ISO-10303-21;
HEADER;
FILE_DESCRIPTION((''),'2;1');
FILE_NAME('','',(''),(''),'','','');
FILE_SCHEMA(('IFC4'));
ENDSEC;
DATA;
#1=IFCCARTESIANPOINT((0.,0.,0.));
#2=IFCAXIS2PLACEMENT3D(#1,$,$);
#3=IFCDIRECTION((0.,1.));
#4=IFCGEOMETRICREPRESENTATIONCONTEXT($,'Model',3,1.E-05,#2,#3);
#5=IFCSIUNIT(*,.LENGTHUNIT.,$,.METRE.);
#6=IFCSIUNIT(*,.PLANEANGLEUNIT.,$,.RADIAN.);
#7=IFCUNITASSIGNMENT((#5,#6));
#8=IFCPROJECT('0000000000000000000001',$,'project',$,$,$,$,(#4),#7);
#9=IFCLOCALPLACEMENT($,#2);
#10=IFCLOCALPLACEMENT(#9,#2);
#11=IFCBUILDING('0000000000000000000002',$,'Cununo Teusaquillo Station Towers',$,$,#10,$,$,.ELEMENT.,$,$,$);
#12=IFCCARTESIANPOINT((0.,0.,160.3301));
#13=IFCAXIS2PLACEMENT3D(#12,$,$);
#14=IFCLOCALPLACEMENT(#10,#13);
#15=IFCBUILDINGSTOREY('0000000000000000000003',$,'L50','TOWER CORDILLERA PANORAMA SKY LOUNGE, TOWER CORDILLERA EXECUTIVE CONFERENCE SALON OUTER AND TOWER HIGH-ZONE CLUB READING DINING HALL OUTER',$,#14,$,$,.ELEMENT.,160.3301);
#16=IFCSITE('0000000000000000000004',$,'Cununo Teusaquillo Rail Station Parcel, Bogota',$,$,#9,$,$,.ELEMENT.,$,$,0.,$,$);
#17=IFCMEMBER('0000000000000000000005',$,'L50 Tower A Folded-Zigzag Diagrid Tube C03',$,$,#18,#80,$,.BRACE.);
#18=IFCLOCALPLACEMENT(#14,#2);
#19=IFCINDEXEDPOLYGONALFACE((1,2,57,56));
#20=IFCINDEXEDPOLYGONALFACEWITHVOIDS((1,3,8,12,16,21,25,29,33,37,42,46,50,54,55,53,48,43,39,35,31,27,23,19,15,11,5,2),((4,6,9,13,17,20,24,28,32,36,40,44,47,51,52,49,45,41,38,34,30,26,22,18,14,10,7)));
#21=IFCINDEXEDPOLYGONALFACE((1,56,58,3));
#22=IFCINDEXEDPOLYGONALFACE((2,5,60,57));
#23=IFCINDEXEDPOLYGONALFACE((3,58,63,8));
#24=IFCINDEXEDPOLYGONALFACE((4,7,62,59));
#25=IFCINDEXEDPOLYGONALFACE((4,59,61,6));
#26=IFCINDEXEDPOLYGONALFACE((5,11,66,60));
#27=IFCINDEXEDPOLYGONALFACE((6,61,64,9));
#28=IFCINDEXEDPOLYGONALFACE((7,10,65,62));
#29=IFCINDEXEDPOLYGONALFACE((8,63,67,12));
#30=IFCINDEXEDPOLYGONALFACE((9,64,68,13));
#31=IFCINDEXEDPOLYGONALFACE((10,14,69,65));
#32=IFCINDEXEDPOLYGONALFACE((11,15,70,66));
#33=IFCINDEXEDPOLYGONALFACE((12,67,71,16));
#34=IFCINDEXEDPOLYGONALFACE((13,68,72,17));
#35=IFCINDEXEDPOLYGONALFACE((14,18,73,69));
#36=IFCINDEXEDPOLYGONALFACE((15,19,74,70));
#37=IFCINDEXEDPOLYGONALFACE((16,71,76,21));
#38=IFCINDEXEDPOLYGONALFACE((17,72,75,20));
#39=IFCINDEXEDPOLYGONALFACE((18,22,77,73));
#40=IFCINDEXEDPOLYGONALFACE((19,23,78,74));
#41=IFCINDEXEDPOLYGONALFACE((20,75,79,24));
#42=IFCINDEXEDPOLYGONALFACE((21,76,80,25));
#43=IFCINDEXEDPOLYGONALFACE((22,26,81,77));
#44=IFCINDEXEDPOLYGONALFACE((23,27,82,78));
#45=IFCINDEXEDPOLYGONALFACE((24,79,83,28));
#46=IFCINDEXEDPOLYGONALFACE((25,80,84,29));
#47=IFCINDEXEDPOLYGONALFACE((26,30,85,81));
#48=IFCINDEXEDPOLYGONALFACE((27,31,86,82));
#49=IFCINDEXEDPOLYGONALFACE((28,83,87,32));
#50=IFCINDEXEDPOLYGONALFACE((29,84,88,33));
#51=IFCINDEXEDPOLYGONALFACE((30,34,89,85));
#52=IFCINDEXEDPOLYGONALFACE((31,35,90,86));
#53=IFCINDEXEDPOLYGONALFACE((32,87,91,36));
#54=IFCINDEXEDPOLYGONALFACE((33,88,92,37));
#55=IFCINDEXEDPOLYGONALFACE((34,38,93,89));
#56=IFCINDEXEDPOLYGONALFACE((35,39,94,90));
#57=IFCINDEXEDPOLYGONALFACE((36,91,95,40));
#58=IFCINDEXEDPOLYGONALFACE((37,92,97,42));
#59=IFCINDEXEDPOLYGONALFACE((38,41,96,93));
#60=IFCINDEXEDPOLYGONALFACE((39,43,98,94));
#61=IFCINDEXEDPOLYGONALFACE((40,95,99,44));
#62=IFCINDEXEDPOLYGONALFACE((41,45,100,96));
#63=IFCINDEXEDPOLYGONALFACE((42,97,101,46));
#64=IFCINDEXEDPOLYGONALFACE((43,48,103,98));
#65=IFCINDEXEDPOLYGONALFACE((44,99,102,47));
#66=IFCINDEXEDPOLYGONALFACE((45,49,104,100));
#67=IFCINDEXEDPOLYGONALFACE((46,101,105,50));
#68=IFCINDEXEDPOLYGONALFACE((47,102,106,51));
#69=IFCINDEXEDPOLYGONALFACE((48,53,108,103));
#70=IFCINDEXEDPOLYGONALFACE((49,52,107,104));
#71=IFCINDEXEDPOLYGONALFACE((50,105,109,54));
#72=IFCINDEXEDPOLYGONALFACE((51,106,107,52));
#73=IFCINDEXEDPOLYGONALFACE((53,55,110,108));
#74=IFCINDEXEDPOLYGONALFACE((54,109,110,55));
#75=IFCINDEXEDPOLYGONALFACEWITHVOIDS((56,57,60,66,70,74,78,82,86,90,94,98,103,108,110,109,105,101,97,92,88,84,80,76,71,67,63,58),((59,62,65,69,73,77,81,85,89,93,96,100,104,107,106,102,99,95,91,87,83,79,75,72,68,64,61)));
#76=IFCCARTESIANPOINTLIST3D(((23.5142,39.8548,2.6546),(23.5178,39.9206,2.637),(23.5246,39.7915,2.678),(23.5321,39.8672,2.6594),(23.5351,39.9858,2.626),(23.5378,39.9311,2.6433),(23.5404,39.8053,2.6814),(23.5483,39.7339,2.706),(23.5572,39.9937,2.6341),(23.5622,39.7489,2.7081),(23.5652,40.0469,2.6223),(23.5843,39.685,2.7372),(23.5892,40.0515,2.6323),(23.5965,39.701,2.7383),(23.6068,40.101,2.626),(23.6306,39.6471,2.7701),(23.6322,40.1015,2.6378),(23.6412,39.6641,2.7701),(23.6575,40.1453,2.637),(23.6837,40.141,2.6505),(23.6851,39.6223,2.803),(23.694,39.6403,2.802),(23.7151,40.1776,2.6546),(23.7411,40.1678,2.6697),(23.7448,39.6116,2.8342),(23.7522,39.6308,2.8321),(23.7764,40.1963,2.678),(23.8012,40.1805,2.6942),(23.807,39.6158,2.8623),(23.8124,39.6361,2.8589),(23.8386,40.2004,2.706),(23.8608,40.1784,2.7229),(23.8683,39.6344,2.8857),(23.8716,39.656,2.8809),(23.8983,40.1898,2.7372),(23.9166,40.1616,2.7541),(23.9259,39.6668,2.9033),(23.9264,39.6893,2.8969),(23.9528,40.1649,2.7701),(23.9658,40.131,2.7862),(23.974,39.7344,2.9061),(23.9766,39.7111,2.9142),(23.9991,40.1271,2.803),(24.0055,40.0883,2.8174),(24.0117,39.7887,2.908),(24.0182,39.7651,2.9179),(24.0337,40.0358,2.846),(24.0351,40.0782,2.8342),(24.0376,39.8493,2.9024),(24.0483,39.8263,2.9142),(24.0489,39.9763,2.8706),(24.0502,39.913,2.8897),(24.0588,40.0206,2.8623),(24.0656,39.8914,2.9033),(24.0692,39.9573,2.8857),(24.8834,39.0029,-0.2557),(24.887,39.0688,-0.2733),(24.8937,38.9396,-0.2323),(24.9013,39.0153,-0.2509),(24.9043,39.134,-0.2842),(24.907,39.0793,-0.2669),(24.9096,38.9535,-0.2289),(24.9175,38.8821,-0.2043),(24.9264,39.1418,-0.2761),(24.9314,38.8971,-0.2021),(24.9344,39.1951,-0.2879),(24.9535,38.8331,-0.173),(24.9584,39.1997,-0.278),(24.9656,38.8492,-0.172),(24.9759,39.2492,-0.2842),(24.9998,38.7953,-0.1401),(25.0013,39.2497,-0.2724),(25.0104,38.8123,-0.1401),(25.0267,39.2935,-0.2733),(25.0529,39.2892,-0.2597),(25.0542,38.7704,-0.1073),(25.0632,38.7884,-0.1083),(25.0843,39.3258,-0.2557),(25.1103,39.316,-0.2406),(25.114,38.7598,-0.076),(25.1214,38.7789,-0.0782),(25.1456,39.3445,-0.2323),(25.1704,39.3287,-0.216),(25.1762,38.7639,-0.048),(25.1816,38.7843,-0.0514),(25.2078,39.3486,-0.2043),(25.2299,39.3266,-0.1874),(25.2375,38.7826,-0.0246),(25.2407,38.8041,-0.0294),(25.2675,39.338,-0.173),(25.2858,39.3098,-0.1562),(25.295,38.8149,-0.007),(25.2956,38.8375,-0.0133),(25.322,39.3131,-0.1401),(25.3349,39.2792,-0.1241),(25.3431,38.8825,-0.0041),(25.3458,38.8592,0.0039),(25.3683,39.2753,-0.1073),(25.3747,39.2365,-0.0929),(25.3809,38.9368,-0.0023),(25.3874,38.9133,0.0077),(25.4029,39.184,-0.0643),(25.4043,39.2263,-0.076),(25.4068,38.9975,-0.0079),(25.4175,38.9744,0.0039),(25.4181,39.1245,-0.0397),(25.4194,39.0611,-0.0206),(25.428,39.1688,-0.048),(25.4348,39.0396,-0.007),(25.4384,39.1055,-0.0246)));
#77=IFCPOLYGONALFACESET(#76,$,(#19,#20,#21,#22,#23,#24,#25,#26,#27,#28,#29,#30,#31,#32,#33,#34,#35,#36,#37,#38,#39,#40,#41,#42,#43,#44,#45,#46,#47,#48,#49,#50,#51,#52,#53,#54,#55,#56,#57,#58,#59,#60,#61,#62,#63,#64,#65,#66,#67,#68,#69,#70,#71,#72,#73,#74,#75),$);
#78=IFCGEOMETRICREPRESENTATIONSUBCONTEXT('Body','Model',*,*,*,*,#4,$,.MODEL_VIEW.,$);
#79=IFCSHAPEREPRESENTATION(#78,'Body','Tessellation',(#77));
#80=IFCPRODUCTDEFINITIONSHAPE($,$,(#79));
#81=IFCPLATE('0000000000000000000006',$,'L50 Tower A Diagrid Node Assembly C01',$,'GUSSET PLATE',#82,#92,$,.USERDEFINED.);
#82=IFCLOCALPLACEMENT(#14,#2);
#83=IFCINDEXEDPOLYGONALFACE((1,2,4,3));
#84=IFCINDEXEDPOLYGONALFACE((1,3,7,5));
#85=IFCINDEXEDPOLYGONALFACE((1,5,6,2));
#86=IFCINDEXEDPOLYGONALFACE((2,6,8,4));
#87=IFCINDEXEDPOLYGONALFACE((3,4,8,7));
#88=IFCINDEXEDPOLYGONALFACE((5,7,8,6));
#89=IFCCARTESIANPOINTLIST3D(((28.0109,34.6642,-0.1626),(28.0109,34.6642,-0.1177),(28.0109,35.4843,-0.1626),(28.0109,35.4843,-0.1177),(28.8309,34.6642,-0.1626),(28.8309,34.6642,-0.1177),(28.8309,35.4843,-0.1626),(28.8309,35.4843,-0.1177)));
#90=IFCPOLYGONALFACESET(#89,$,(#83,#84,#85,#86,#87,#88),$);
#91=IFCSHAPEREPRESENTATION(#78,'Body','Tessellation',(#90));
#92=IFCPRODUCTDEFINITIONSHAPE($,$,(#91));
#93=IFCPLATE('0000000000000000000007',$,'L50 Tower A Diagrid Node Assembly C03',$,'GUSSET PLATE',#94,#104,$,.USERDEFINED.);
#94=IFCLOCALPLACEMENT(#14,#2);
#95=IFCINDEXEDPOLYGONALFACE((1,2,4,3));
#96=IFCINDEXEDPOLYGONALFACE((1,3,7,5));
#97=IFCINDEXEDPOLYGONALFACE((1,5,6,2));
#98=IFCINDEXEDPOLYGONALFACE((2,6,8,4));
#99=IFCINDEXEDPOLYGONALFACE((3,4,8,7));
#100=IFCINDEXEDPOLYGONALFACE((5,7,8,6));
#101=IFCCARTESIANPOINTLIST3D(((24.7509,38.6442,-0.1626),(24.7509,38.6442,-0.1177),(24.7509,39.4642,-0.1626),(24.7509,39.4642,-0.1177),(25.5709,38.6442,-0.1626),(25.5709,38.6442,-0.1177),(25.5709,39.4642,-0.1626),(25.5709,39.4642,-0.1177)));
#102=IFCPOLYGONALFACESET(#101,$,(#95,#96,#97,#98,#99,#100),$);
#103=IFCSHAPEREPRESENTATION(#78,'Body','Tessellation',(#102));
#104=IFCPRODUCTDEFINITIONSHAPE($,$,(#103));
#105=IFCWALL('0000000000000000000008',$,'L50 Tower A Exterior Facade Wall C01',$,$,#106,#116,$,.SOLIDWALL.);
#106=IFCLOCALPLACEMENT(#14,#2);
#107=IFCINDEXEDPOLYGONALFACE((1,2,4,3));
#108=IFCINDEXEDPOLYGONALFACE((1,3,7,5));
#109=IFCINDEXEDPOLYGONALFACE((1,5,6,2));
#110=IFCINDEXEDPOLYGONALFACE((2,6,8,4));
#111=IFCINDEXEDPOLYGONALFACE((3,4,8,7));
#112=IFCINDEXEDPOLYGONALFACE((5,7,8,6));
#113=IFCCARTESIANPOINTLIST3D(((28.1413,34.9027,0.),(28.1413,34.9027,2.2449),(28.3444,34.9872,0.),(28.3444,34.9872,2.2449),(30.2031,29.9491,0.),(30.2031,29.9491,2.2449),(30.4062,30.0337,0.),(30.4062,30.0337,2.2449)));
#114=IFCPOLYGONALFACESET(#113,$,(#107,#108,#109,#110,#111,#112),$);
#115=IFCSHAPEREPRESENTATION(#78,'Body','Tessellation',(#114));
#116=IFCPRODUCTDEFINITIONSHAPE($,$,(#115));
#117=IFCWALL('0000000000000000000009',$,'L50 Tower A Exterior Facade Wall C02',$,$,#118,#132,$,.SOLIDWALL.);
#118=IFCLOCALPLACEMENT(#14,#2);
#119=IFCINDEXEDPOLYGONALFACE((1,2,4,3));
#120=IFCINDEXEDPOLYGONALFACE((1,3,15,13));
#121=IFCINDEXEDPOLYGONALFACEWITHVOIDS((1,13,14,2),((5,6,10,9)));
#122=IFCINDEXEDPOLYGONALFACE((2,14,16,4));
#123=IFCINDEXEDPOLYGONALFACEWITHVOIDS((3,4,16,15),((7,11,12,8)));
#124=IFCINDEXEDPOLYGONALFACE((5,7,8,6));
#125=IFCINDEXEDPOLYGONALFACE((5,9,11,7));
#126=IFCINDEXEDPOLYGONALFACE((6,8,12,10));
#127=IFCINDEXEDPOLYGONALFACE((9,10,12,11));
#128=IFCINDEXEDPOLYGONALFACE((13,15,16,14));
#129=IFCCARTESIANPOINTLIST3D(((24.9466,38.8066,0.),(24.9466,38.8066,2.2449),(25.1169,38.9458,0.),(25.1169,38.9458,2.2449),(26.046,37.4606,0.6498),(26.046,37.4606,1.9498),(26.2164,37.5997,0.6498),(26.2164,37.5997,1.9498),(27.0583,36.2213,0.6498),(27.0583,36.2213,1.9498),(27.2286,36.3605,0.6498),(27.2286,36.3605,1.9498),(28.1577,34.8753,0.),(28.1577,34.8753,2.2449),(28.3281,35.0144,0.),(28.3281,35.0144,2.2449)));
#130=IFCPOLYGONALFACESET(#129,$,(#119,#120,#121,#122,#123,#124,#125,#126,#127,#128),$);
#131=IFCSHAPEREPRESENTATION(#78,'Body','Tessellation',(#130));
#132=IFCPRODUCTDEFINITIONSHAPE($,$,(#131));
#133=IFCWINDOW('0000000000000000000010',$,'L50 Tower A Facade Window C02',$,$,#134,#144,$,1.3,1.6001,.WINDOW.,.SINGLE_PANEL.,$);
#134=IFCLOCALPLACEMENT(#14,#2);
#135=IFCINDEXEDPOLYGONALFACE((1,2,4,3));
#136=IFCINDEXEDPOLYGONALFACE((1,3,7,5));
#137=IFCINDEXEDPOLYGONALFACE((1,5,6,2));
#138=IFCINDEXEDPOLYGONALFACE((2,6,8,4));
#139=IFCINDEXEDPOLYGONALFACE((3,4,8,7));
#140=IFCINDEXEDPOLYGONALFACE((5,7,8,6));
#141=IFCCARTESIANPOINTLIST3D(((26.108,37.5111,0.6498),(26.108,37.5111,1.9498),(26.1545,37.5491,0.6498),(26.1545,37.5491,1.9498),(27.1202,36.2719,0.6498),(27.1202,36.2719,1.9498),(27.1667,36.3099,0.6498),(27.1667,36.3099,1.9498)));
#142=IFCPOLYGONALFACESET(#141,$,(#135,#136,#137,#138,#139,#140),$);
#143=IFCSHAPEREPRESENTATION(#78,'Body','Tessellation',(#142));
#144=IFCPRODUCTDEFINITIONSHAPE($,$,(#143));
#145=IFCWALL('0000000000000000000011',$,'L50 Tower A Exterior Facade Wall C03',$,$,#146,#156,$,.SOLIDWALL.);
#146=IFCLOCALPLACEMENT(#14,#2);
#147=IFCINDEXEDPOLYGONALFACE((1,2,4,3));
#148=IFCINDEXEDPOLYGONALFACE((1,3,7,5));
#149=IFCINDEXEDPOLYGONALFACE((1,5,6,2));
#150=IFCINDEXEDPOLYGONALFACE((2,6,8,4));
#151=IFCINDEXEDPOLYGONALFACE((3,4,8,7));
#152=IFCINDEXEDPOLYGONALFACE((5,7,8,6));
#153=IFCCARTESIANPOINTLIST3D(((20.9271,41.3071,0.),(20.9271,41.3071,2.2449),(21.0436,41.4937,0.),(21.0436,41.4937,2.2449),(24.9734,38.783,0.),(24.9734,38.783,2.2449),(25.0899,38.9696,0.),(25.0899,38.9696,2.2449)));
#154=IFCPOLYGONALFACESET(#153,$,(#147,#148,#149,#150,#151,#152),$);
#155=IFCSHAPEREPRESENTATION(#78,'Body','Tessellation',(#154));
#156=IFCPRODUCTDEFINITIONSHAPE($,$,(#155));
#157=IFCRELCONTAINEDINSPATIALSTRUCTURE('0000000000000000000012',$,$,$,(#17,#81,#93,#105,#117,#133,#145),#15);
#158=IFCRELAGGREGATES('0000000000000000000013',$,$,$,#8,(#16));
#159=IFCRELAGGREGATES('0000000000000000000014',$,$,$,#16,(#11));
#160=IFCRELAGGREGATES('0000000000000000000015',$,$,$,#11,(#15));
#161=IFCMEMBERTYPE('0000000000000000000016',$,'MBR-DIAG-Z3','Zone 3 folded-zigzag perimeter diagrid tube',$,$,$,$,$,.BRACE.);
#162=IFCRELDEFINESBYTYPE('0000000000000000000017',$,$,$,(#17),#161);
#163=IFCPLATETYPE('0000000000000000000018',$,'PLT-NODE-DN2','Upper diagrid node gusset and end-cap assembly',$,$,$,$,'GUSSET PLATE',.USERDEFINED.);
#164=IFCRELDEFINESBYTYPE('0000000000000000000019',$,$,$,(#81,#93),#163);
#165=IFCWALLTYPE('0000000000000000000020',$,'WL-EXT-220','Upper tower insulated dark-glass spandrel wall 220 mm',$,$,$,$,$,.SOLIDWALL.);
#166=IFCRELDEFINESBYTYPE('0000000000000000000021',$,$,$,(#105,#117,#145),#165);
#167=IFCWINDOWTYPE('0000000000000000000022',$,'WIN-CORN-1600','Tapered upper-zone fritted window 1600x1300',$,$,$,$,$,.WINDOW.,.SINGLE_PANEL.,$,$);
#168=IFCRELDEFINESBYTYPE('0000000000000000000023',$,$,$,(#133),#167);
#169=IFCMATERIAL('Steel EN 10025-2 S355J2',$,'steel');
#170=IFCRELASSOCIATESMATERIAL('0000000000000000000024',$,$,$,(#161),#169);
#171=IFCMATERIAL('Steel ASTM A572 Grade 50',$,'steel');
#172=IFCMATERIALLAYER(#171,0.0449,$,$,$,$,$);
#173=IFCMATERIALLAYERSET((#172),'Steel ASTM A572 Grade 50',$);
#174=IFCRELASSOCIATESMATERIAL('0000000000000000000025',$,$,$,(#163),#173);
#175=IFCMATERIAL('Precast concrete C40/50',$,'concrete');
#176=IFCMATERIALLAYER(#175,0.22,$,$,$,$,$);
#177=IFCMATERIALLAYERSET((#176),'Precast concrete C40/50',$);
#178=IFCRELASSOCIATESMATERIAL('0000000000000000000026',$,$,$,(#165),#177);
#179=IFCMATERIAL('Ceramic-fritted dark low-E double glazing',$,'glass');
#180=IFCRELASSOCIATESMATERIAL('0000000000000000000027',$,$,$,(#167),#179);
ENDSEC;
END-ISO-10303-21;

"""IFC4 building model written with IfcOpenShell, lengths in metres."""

from ifc_helpers import new_model, si_unit, direction, frame, frame_2d, origin, origin_2d, place, context, subcontext, project, spatial, rectangle, hollow_circle, extrude, source, transform, mapped, material, layer, layer_set, material_profile, profile_set, type_object, element, fill, save


model = new_model("IFC4")

# Units and contexts
model_context = context("Model", 3, precision=1e-05, world=origin(), true_north=direction((0.0, 1.0)))
body_context = subcontext(model_context, "Body", "Model", "MODEL_VIEW")
ifc_project = project(units=[si_unit("LENGTHUNIT", "METRE"), si_unit("PLANEANGLEUNIT", "RADIAN")], contexts=[model_context])

# Site, building, storey
site_placement = place(None, origin())
site = spatial("IfcSite", under=ifc_project, at=site_placement, Name="Cununo Teusaquillo Rail Station Parcel, Bogota", CompositionType="ELEMENT", RefElevation=0.0)
building_placement = place(site_placement, origin())
building = spatial("IfcBuilding", under=site, at=building_placement, Name="Cununo Teusaquillo Station Towers", CompositionType="ELEMENT")
storey_placement = place(building_placement, frame((0.0, 0.0, 160.3301)))
storey = spatial("IfcBuildingStorey", under=building, at=storey_placement, Name="L50", Description="TOWER CORDILLERA PANORAMA SKY LOUNGE, TOWER CORDILLERA EXECUTIVE CONFERENCE SALON OUTER AND TOWER HIGH-ZONE CLUB READING DINING HALL OUTER", CompositionType="ELEMENT", Elevation=160.3301)

# Member
ifc_material_1 = material(Name="Steel EN 10025-2 S355J2", Category="steel")
ifc_material_profile_1 = material_profile(ifc_material_1, hollow_circle(Radius=0.3049, WallThickness=0.02, at=origin_2d()), Name="CHS 610x20")
ifc_profile_set_1 = profile_set([ifc_material_profile_1], Name="Steel EN 10025-2 S355J2")
member_type = type_object("IfcMemberType", Name="MBR-DIAG-Z3", Description="Zone 3 folded-zigzag perimeter diagrid tube", PredefinedType="BRACE", material=ifc_profile_set_1)
member_1_placement = place(storey_placement, frame((25.1609, 39.0542, -0.1401), z_axis=(-0.41152, 0.256026, 0.874701), x_axis=(-0.528256, -0.849085, 0.0)))
element("IfcMember", 1, at=member_1_placement, inside=storey, type_object=member_type, Name="L50 Tower A Folded-Zigzag Diagrid Tube C03", PredefinedType="BRACE", context=body_context, shape_type="SweptSolid", body=[
    extrude(hollow_circle(Radius=0.3049, WallThickness=0.02, at=origin_2d()), origin(), (0.0, 0.0, 1.0), 3.3271),
])

# Plates
ifc_material_2 = material(Name="Steel ASTM A572 Grade 50", Category="steel")
ifc_layer_1 = layer(ifc_material_2, 0.0449)
ifc_layer_set_1 = layer_set([ifc_layer_1], Name="Steel ASTM A572 Grade 50")
plate_type = type_object("IfcPlateType", Name="PLT-NODE-DN2", Description="Upper diagrid node gusset and end-cap assembly", ElementType="GUSSET PLATE", PredefinedType="USERDEFINED", material=ifc_layer_set_1)
shared_shape_1 = source(origin(), body_context, "Body", "SweptSolid", [
    extrude(rectangle(XDim=0.8201, YDim=0.8201, at=origin_2d()), origin(), (0.0, 0.0, 1.0), 0.0449),
])
for number, where, z_axis, x_axis, name in (
    (2, (28.4209, 35.0742, -0.1626), (0.0, 0.0, 1.0), (1.0, 0.0, 0.0), "L50 Tower A Diagrid Node Assembly C01"),
    (3, (25.1609, 39.0542, -0.1626), (0.0, 0.0, 1.0), (1.0, 0.0, 0.0), "L50 Tower A Diagrid Node Assembly C03"),
):
    element("IfcPlate", number, at=place(storey_placement, frame(where, z_axis=z_axis, x_axis=x_axis)), inside=storey, type_object=plate_type, Name=name, ObjectType="GUSSET PLATE", PredefinedType="USERDEFINED", context=body_context, shape_type="MappedRepresentation", body=[
        mapped(shared_shape_1, transform((0.0, 0.0, 0.0), x_axis=(1.0, 0.0, 0.0), y_axis=(0.0, 1.0, 0.0), z_axis=(0.0, 0.0, 1.0), scale=1.0)),
    ])

# Wall
ifc_material_3 = material(Name="Precast concrete C40/50", Category="concrete")
ifc_layer_2 = layer(ifc_material_3, 0.22)
ifc_layer_set_2 = layer_set([ifc_layer_2], Name="Precast concrete C40/50")
wall_type_1 = type_object("IfcWallType", Name="WL-EXT-220", Description="Upper tower insulated dark-glass spandrel wall 220 mm", PredefinedType="SOLIDWALL", material=ifc_layer_set_2)
wall_1_placement = place(storey_placement, frame((28.2429, 34.9448, 0.0), z_axis=(0.0, 0.0, 1.0), x_axis=(0.38426, -0.923225, 0.0)))
element("IfcWall", 4, at=wall_1_placement, inside=storey, type_object=wall_type_1, Name="L50 Tower A Exterior Facade Wall C01", PredefinedType="SOLIDWALL", context=body_context, shape_type="SweptSolid", body=[
    extrude(rectangle(XDim=5.3655, YDim=0.22, at=frame_2d((2.6826, 0.0))), origin(), (0.0, 0.0, 1.0), 2.2449),
])

# Wall, opening, window
wall_2_placement = place(storey_placement, frame((25.0317, 38.8762, 0.0), z_axis=(0.0, 0.0, 1.0), x_axis=(0.632599, -0.77448, 0.0)))
wall_2 = element("IfcWall", 5, at=wall_2_placement, inside=storey, type_object=wall_type_1, Name="L50 Tower A Exterior Facade Wall C02", PredefinedType="SOLIDWALL", context=body_context, shape_type="SweptSolid", body=[
    extrude(rectangle(XDim=5.0762, YDim=0.22, at=frame_2d((2.5381, 0.0))), origin(), (0.0, 0.0, 1.0), 2.2449),
])
shared_shape_2 = source(origin(), body_context, "Body", "SweptSolid", [
    extrude(rectangle(XDim=1.6001, YDim=1.3, at=frame_2d((0.8, 0.6499))), frame((0.0, 0.1199, 0.0), z_axis=(0.0, -1.0, 0.0), x_axis=(1.0, 0.0, 0.0)), (0.0, 0.0, 1.0), 0.24),
])
opening_1_placement = place(wall_2_placement, frame((1.738, 0.0, 0.6499)))
opening_1 = element("IfcOpeningElement", 6, at=opening_1_placement, cuts=wall_2, PredefinedType="OPENING", context=body_context, shape_type="MappedRepresentation", body=[
    mapped(shared_shape_2, transform((0.0, 0.0, 0.0), x_axis=(1.0, 0.0, 0.0), y_axis=(0.0, 1.0, 0.0), z_axis=(0.0, 0.0, 1.0), scale=1.0)),
])
ifc_material_4 = material(Name="Ceramic-fritted dark low-E double glazing", Category="glass")
window_type = type_object("IfcWindowType", Name="WIN-CORN-1600", Description="Tapered upper-zone fritted window 1600x1300", PartitioningType="SINGLE_PANEL", PredefinedType="WINDOW", material=ifc_material_4)
shared_shape_3 = source(origin(), body_context, "Body", "SweptSolid", [
    extrude(rectangle(XDim=1.6001, YDim=1.3, at=frame_2d((0.8, 0.6499))), frame((0.0, 0.03, 0.0), z_axis=(0.0, -1.0, 0.0), x_axis=(1.0, 0.0, 0.0)), (0.0, 0.0, 1.0), 0.0601),
])
window_placement = place(opening_1_placement, origin())
window = element("IfcWindow", 7, at=window_placement, inside=storey, type_object=window_type, Name="L50 Tower A Facade Window C02", OverallHeight=1.3, OverallWidth=1.6001, PartitioningType="SINGLE_PANEL", PredefinedType="WINDOW", context=body_context, shape_type="MappedRepresentation", body=[
    mapped(shared_shape_3, transform((0.0, 0.0, 0.0), x_axis=(1.0, 0.0, 0.0), y_axis=(0.0, 1.0, 0.0), z_axis=(0.0, 0.0, 1.0), scale=1.0)),
])
fill(opening_1, window)

# Wall
wall_3_placement = place(storey_placement, frame((20.9854, 41.4004, 0.0), z_axis=(0.0, 0.0, 1.0), x_axis=(0.848452, -0.529272, 0.0)))
element("IfcWall", 8, at=wall_3_placement, inside=storey, type_object=wall_type_1, Name="L50 Tower A Exterior Facade Wall C03", PredefinedType="SOLIDWALL", context=body_context, shape_type="SweptSolid", body=[
    extrude(rectangle(XDim=4.769, YDim=0.22, at=frame_2d((2.3845, 0.0))), origin(), (0.0, 0.0, 1.0), 2.2449),
])

save(model, "model.ifc")
